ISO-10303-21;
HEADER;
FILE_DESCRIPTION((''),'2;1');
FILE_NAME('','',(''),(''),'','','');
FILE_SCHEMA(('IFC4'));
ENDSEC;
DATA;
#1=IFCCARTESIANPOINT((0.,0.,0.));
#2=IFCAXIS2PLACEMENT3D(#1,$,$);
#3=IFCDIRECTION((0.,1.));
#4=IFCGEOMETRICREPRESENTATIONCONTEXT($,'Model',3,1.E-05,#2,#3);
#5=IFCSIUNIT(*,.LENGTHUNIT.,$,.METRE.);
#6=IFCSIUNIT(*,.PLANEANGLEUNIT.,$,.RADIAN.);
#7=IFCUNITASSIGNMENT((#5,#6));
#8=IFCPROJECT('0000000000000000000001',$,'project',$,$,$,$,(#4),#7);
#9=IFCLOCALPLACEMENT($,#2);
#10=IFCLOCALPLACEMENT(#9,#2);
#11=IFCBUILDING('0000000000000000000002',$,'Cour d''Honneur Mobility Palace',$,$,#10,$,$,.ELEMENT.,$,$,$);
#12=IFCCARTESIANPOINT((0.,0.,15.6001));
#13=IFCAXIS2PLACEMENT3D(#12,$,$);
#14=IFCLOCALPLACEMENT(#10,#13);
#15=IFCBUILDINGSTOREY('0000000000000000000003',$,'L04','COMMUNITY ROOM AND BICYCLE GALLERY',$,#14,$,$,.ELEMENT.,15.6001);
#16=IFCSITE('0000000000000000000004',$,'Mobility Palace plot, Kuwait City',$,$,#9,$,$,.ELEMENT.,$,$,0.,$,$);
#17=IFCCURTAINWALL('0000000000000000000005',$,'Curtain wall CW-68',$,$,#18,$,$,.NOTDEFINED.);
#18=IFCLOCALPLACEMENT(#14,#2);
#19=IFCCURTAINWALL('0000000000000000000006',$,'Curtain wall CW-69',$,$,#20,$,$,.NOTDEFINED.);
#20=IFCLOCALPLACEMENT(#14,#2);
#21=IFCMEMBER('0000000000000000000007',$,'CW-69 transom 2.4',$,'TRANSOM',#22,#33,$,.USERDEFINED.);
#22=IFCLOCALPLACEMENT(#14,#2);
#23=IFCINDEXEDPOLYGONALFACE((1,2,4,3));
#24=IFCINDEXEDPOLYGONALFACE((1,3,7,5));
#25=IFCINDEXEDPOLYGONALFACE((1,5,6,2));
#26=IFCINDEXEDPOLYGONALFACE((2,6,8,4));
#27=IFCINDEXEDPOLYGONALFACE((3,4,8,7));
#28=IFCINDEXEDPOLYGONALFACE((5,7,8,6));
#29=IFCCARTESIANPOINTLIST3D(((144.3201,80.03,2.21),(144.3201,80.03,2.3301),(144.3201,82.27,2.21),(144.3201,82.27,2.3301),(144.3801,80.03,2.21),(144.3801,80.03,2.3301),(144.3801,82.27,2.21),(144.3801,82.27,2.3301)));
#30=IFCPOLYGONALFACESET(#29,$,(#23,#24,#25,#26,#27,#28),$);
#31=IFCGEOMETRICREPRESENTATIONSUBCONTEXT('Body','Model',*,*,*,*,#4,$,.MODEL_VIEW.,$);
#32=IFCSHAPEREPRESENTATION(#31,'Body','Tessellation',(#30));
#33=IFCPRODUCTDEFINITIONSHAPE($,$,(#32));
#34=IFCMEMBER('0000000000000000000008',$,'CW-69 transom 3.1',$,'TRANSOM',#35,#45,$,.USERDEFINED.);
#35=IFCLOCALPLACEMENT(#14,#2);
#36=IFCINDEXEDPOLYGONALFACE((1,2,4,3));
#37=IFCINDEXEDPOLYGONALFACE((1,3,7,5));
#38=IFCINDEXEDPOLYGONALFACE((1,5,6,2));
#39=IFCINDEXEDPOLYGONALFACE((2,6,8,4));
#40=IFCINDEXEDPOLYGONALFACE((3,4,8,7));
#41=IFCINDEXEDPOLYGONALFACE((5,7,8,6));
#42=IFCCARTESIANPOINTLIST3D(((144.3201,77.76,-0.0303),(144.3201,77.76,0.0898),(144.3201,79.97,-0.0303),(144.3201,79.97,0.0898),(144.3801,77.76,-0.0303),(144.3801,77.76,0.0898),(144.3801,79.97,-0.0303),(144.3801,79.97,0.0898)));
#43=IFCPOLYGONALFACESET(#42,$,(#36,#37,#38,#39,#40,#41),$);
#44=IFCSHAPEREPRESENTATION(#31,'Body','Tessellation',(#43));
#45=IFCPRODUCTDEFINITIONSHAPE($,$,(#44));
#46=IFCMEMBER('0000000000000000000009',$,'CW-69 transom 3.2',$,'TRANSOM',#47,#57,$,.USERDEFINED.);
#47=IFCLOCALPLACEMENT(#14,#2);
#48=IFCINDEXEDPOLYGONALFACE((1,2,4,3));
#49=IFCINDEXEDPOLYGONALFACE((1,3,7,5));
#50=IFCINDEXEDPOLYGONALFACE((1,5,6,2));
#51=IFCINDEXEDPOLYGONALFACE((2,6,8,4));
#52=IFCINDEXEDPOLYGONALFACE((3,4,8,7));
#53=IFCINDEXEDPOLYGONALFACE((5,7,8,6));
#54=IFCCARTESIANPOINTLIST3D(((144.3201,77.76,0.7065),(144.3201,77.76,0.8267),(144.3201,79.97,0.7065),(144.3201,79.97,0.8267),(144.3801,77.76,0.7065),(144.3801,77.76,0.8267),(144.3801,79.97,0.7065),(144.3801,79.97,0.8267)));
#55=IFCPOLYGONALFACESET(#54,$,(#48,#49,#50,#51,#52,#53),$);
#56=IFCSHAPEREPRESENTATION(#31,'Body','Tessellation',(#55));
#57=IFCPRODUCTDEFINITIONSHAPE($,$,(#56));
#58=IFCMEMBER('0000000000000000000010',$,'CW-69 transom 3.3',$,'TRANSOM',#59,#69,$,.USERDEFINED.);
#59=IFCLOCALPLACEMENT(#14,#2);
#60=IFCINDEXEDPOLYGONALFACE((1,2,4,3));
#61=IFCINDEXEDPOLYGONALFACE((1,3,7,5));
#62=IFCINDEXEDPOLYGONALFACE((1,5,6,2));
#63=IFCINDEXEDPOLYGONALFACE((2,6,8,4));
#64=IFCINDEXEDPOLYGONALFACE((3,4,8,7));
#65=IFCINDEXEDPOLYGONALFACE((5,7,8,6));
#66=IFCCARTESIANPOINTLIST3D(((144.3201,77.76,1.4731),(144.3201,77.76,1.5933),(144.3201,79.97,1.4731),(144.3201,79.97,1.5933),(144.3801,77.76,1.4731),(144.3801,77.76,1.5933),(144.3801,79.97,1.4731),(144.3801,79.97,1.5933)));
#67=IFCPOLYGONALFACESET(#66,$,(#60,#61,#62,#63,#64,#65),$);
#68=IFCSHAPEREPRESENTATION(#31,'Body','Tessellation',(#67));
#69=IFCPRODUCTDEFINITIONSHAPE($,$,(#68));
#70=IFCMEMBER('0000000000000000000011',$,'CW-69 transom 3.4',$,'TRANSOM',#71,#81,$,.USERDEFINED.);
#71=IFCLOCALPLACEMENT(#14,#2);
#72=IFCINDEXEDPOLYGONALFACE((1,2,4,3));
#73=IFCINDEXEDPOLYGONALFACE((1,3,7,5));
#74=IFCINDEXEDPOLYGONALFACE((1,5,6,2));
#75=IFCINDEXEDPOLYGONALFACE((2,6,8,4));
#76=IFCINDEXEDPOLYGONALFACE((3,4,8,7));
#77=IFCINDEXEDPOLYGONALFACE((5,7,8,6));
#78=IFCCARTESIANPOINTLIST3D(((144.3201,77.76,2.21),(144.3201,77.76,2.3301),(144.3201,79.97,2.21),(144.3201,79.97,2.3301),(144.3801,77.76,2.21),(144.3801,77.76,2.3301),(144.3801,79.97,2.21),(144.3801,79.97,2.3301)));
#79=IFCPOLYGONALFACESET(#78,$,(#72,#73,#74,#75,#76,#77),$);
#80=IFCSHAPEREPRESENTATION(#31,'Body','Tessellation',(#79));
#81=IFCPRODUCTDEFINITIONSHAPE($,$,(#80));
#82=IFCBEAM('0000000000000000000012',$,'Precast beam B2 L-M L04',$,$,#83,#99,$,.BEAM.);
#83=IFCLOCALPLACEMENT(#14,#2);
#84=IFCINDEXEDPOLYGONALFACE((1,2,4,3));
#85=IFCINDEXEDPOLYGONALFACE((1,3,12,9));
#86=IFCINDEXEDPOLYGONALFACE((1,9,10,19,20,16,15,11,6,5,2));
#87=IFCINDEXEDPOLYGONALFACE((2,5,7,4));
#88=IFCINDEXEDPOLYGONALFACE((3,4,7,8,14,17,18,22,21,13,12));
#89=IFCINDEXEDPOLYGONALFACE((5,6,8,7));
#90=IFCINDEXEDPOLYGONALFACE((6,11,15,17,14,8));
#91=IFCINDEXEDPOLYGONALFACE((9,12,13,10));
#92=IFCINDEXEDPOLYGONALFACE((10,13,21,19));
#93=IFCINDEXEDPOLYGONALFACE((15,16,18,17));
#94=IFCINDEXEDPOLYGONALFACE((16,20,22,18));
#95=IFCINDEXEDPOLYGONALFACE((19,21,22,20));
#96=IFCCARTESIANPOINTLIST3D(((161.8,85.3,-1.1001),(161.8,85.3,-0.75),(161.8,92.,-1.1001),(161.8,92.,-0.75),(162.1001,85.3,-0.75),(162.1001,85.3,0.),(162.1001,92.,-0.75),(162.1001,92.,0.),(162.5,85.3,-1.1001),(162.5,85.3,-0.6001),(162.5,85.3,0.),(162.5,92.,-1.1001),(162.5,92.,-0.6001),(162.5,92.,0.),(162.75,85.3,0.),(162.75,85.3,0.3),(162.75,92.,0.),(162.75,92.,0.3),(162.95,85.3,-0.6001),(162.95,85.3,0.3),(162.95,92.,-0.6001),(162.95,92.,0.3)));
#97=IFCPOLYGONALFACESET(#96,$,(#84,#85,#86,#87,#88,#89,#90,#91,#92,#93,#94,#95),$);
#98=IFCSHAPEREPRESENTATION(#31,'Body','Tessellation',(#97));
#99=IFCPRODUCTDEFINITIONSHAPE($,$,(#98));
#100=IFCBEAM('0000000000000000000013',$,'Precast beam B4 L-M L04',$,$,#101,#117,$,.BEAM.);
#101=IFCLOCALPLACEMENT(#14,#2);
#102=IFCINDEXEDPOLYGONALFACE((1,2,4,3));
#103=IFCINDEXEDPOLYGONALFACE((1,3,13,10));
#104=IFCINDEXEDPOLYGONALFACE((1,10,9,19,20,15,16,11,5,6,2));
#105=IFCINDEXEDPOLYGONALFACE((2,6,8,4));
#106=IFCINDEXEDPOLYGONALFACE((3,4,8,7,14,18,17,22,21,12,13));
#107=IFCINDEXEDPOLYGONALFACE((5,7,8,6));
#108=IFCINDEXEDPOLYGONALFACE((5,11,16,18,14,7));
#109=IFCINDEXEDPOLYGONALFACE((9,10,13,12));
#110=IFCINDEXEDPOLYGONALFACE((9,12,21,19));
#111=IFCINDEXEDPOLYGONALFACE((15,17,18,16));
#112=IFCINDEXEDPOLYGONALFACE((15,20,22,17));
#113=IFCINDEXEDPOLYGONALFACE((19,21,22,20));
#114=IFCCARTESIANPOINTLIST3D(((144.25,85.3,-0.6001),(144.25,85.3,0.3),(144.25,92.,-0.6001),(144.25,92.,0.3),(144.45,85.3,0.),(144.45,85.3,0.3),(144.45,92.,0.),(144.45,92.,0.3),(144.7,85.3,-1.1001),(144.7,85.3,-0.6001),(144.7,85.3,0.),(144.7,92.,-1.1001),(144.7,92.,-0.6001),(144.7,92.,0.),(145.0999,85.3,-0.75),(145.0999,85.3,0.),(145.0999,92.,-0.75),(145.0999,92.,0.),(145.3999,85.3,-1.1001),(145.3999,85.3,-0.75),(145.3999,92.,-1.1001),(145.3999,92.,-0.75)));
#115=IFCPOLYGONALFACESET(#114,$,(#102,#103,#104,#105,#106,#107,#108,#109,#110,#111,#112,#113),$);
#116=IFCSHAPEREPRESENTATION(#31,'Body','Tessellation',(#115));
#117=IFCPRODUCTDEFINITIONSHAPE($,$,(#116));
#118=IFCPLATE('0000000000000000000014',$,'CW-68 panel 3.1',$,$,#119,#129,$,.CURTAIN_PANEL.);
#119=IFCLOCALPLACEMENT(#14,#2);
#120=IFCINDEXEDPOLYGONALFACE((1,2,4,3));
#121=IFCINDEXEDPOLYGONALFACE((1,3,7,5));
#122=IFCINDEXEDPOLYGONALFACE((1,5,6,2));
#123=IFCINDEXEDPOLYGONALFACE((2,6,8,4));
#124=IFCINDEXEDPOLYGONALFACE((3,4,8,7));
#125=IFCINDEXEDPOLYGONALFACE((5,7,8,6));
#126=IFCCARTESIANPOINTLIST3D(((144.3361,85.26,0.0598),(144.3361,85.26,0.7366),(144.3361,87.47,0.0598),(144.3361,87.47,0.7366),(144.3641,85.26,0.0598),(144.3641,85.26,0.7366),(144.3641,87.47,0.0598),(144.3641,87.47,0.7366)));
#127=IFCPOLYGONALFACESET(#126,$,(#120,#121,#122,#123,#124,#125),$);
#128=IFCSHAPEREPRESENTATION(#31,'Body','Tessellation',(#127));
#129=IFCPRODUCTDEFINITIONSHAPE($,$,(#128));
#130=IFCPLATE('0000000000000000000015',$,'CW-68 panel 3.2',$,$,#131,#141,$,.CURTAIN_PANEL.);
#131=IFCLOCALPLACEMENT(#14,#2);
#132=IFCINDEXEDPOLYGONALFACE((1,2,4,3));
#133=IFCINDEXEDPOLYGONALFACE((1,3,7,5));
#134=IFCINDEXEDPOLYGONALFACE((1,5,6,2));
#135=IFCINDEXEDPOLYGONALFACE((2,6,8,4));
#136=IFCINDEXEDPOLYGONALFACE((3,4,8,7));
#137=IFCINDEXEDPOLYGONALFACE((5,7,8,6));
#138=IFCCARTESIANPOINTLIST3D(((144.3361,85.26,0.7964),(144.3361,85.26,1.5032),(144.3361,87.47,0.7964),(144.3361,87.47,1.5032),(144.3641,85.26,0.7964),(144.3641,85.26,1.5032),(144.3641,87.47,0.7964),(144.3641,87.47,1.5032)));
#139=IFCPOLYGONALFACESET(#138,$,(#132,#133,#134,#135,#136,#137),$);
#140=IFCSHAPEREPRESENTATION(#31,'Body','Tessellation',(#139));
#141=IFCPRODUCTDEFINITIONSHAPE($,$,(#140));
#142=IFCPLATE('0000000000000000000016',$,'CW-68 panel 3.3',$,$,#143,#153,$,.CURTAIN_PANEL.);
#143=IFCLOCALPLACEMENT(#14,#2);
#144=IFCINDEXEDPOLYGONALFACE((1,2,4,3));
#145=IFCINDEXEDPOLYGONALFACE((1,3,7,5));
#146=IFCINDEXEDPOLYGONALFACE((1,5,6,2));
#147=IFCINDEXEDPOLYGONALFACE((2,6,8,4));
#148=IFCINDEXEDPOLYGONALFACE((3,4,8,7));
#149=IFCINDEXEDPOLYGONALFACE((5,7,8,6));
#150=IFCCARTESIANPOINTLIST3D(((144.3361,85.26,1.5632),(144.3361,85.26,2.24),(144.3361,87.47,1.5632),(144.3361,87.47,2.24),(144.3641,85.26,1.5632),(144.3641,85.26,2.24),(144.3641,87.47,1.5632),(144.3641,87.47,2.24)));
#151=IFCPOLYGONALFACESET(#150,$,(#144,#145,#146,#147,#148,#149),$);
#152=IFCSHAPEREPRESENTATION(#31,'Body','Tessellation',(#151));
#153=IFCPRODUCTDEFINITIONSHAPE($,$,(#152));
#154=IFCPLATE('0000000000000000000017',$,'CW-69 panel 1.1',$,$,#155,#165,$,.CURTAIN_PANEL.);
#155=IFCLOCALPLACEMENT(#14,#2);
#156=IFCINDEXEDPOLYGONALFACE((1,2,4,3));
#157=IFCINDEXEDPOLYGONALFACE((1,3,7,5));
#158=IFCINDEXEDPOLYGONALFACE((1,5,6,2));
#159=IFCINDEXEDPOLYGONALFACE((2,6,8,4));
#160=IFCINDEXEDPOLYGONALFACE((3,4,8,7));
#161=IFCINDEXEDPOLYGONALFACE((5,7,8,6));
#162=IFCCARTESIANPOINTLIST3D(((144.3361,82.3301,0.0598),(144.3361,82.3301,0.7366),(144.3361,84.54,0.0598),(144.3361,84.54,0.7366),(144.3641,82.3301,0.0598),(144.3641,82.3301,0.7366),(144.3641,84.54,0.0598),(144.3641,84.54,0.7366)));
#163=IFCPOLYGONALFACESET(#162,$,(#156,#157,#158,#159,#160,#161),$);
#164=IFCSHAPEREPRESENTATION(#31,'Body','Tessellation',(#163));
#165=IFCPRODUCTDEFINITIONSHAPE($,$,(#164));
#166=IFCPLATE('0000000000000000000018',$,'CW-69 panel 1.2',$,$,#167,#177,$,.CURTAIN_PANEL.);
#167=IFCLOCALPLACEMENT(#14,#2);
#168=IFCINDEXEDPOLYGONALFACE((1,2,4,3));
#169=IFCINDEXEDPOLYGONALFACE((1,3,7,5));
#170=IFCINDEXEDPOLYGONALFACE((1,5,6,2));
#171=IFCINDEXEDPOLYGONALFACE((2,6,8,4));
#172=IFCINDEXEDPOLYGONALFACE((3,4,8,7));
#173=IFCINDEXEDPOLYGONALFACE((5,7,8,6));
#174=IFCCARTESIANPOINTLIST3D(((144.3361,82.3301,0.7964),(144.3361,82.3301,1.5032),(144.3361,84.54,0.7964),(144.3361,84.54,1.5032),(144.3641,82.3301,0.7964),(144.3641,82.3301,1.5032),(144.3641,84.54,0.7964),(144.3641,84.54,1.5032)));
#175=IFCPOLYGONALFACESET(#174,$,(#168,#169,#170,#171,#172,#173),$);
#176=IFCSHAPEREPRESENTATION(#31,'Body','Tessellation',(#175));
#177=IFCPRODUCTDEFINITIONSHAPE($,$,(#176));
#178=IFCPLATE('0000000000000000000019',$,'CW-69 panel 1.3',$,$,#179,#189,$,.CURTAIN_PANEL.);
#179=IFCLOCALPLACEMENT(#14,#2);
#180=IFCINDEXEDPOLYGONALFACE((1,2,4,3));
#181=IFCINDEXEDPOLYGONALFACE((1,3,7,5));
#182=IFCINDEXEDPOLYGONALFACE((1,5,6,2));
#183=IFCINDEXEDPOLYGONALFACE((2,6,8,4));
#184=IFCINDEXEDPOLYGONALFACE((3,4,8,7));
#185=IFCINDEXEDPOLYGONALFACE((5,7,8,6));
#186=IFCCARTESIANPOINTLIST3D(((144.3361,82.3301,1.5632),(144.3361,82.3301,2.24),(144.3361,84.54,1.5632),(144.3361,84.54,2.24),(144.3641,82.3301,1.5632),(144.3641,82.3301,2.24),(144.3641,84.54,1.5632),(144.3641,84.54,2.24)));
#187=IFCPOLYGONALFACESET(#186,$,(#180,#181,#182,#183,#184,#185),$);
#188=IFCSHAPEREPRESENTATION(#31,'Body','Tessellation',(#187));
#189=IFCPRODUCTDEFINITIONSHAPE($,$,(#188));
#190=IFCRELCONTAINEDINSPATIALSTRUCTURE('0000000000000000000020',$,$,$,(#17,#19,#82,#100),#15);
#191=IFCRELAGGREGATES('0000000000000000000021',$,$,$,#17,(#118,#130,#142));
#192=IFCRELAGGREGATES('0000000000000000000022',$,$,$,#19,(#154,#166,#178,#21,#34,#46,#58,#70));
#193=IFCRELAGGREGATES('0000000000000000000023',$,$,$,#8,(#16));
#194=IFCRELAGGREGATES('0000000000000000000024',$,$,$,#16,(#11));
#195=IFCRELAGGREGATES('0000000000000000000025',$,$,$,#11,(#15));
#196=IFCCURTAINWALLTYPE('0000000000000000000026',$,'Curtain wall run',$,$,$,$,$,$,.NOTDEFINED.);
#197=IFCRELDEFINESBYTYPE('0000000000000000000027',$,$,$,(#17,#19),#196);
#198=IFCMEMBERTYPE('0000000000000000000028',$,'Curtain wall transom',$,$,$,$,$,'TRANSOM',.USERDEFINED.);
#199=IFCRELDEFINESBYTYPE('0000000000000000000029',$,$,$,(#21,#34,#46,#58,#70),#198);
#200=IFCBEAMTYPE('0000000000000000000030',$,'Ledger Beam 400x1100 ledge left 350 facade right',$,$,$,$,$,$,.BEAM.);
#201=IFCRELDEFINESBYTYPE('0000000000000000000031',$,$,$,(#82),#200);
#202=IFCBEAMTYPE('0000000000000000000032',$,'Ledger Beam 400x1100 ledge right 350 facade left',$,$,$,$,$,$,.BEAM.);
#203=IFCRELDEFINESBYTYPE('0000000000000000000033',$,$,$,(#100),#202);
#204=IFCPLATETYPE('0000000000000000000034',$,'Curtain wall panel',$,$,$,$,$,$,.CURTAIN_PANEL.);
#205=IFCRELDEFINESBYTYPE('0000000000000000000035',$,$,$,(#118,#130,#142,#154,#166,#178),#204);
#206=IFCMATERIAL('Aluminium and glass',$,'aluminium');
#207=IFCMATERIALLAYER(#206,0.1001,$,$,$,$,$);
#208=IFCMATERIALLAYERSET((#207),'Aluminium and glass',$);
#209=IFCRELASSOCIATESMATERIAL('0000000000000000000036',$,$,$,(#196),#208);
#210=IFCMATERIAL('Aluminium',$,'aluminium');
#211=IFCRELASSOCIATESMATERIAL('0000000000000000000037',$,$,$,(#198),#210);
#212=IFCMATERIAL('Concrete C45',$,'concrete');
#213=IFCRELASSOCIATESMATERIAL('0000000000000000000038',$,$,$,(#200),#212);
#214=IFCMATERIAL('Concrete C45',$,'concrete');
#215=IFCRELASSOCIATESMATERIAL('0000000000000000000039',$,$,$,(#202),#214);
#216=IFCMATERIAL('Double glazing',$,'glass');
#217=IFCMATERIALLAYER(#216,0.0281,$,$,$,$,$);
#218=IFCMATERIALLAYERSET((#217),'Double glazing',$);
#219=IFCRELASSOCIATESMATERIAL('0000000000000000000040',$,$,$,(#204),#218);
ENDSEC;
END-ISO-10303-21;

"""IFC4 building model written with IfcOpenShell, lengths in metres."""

from ifc_helpers import new_model, si_unit, direction, frame, origin, origin_2d, place, context, subcontext, project, spatial, polyline, rectangle, outline, extrude, material, layer, layer_set, material_profile, profile_set, type_object, element, aggregate, save


model = new_model("IFC4")

# Units and contexts
model_context = context("Model", 3, precision=1e-05, world=origin(), true_north=direction((0.0, 1.0)))
body_context = subcontext(model_context, "Body", "Model", "MODEL_VIEW")
ifc_project = project(units=[si_unit("LENGTHUNIT", "METRE"), si_unit("PLANEANGLEUNIT", "RADIAN")], contexts=[model_context])

# Site, building, storey
site_placement = place(None, origin())
site = spatial("IfcSite", under=ifc_project, at=site_placement, Name="Mobility Palace plot, Kuwait City", CompositionType="ELEMENT", RefElevation=0.0)
building_placement = place(site_placement, origin())
building = spatial("IfcBuilding", under=site, at=building_placement, Name="Cour d'Honneur Mobility Palace", CompositionType="ELEMENT")
storey_placement = place(building_placement, frame((0.0, 0.0, 15.6001)))
storey = spatial("IfcBuildingStorey", under=building, at=storey_placement, Name="L04", Description="COMMUNITY ROOM AND BICYCLE GALLERY", CompositionType="ELEMENT", Elevation=15.6001)

# Curtain wall
ifc_material_1 = material(Name="Aluminium and glass", Category="aluminium")
ifc_layer_1 = layer(ifc_material_1, 0.1001)
ifc_layer_set_1 = layer_set([ifc_layer_1], Name="Aluminium and glass")
curtain_wall_type = type_object("IfcCurtainWallType", Name="Curtain wall run", PredefinedType="NOTDEFINED", material=ifc_layer_set_1)
curtain_wall_1_placement = place(storey_placement, origin())
curtain_wall_1 = element("IfcCurtainWall", 1, at=curtain_wall_1_placement, inside=storey, type_object=curtain_wall_type, Name="Curtain wall CW-68", PredefinedType="NOTDEFINED")

# Curtain wall
curtain_wall_2_placement = place(storey_placement, origin())
curtain_wall_2 = element("IfcCurtainWall", 2, at=curtain_wall_2_placement, inside=storey, type_object=curtain_wall_type, Name="Curtain wall CW-69", PredefinedType="NOTDEFINED")

# Members
ifc_material_2 = material(Name="Aluminium", Category="aluminium")
ifc_material_profile_1 = material_profile(ifc_material_2, rectangle(XDim=0.0601, YDim=0.1201, at=origin_2d()), Name="Curtain wall transom")
ifc_profile_set_1 = profile_set([ifc_material_profile_1], Name="Aluminium")
member_type_1 = type_object("IfcMemberType", Name="Curtain wall transom", ElementType="TRANSOM", PredefinedType="USERDEFINED", material=ifc_profile_set_1)
member_1_placement = place(storey_placement, frame((144.3501, 82.27, 2.27), z_axis=(0.0, -1.0, 0.0), x_axis=(1.0, 0.0, 0.0)))
member_1 = element("IfcMember", 3, at=member_1_placement, type_object=member_type_1, Name="CW-69 transom 2.4", ObjectType="TRANSOM", PredefinedType="USERDEFINED", context=body_context, shape_type="SweptSolid", body=[
    extrude(rectangle(XDim=0.0601, YDim=0.1201, at=origin_2d()), origin(), (0.0, 0.0, 1.0), 2.24),
])
member_2_placement = place(storey_placement, frame((144.3501, 79.97, 0.0298), z_axis=(0.0, -1.0, 0.0), x_axis=(1.0, 0.0, 0.0)))
member_2 = element("IfcMember", 4, at=member_2_placement, type_object=member_type_1, Name="CW-69 transom 3.1", ObjectType="TRANSOM", PredefinedType="USERDEFINED", context=body_context, shape_type="SweptSolid", body=[
    extrude(rectangle(XDim=0.0601, YDim=0.1201, at=origin_2d()), origin(), (0.0, 0.0, 1.0), 2.21),
])
member_3_placement = place(storey_placement, frame((144.3501, 79.97, 0.7666), z_axis=(0.0, -1.0, 0.0), x_axis=(1.0, 0.0, 0.0)))
member_3 = element("IfcMember", 5, at=member_3_placement, type_object=member_type_1, Name="CW-69 transom 3.2", ObjectType="TRANSOM", PredefinedType="USERDEFINED", context=body_context, shape_type="SweptSolid", body=[
    extrude(rectangle(XDim=0.0601, YDim=0.1201, at=origin_2d()), origin(), (0.0, 0.0, 1.0), 2.21),
])
member_4_placement = place(storey_placement, frame((144.3501, 79.97, 1.5332), z_axis=(0.0, -1.0, 0.0), x_axis=(1.0, 0.0, 0.0)))
member_4 = element("IfcMember", 6, at=member_4_placement, type_object=member_type_1, Name="CW-69 transom 3.3", ObjectType="TRANSOM", PredefinedType="USERDEFINED", context=body_context, shape_type="SweptSolid", body=[
    extrude(rectangle(XDim=0.0601, YDim=0.1201, at=origin_2d()), origin(), (0.0, 0.0, 1.0), 2.21),
])
member_5_placement = place(storey_placement, frame((144.3501, 79.97, 2.27), z_axis=(0.0, -1.0, 0.0), x_axis=(1.0, 0.0, 0.0)))
member_5 = element("IfcMember", 7, at=member_5_placement, type_object=member_type_1, Name="CW-69 transom 3.4", ObjectType="TRANSOM", PredefinedType="USERDEFINED", context=body_context, shape_type="SweptSolid", body=[
    extrude(rectangle(XDim=0.0601, YDim=0.1201, at=origin_2d()), origin(), (0.0, 0.0, 1.0), 2.21),
])

# Beams
ifc_material_3 = material(Name="Concrete C45", Category="concrete")
ifc_material_profile_2 = material_profile(ifc_material_3, outline(polyline([(0.5, -1.1001), (0.5, -0.75), (0.2, -0.75), (0.2, 0.0), (-0.2, 0.0), (-0.45, 0.0), (-0.45, 0.3), (-0.6499, 0.3), (-0.6499, -0.6001), (-0.2, -0.6001), (-0.2, -1.1001), (0.5, -1.1001)])), Name="Ledger Beam 400x1100 ledge left 350 facade right")
ifc_profile_set_2 = profile_set([ifc_material_profile_2], Name="Concrete C45")
beam_type_1 = type_object("IfcBeamType", Name="Ledger Beam 400x1100 ledge left 350 facade right", PredefinedType="BEAM", material=ifc_profile_set_2)
beam_1_placement = place(storey_placement, frame((162.3, 85.3, 0.0), z_axis=(0.0, 1.0, 0.0), x_axis=(-1.0, 0.0, 0.0)))
element("IfcBeam", 8, at=beam_1_placement, inside=storey, type_object=beam_type_1, Name="Precast beam B2 L-M L04", PredefinedType="BEAM", context=body_context, shape_type="SweptSolid", body=[
    extrude(outline(polyline([(0.5, -1.1001), (0.5, -0.75), (0.2, -0.75), (0.2, 0.0), (-0.2, 0.0), (-0.45, 0.0), (-0.45, 0.3), (-0.6499, 0.3), (-0.6499, -0.6001), (-0.2, -0.6001), (-0.2, -1.1001), (0.5, -1.1001)])), origin(), (0.0, 0.0, 1.0), 6.7),
])
ifc_material_4 = material(Name="Concrete C45", Category="concrete")
ifc_material_profile_3 = material_profile(ifc_material_4, outline(polyline([(0.2, -1.1001), (0.2, -0.6001), (0.6499, -0.6001), (0.6499, 0.3), (0.45, 0.3), (0.45, 0.0), (0.2, 0.0), (-0.2, 0.0), (-0.2, -0.75), (-0.5, -0.75), (-0.5, -1.1001), (0.2, -1.1001)])), Name="Ledger Beam 400x1100 ledge right 350 facade left")
ifc_profile_set_3 = profile_set([ifc_material_profile_3], Name="Concrete C45")
beam_type_2 = type_object("IfcBeamType", Name="Ledger Beam 400x1100 ledge right 350 facade left", PredefinedType="BEAM", material=ifc_profile_set_3)
beam_2_placement = place(storey_placement, frame((144.8999, 85.3, 0.0), z_axis=(0.0, 1.0, 0.0), x_axis=(-1.0, 0.0, 0.0)))
element("IfcBeam", 9, at=beam_2_placement, inside=storey, type_object=beam_type_2, Name="Precast beam B4 L-M L04", PredefinedType="BEAM", context=body_context, shape_type="SweptSolid", body=[
    extrude(outline(polyline([(0.2, -1.1001), (0.2, -0.6001), (0.6499, -0.6001), (0.6499, 0.3), (0.45, 0.3), (0.45, 0.0), (0.2, 0.0), (-0.2, 0.0), (-0.2, -0.75), (-0.5, -0.75), (-0.5, -1.1001), (0.2, -1.1001)])), origin(), (0.0, 0.0, 1.0), 6.7),
])

# Plates
ifc_material_5 = material(Name="Double glazing", Category="glass")
ifc_layer_2 = layer(ifc_material_5, 0.0281)
ifc_layer_set_2 = layer_set([ifc_layer_2], Name="Double glazing")
plate_type = type_object("IfcPlateType", Name="Curtain wall panel", PredefinedType="CURTAIN_PANEL", material=ifc_layer_set_2)
plate_1_placement = place(storey_placement, frame((144.3501, 86.365, 0.0598), z_axis=(0.0, 0.0, 1.0), x_axis=(0.0, -1.0, 0.0)))
plate_1 = element("IfcPlate", 10, at=plate_1_placement, type_object=plate_type, Name="CW-68 panel 3.1", PredefinedType="CURTAIN_PANEL", context=body_context, shape_type="SweptSolid", body=[
    extrude(rectangle(XDim=2.21, YDim=0.0281, at=origin_2d()), origin(), (0.0, 0.0, 1.0), 0.6768),
])
plate_2_placement = place(storey_placement, frame((144.3501, 86.365, 0.7964), z_axis=(0.0, 0.0, 1.0), x_axis=(0.0, -1.0, 0.0)))
plate_2 = element("IfcPlate", 11, at=plate_2_placement, type_object=plate_type, Name="CW-68 panel 3.2", PredefinedType="CURTAIN_PANEL", context=body_context, shape_type="SweptSolid", body=[
    extrude(rectangle(XDim=2.21, YDim=0.0281, at=origin_2d()), origin(), (0.0, 0.0, 1.0), 0.7068),
])
plate_3_placement = place(storey_placement, frame((144.3501, 86.365, 1.5632), z_axis=(0.0, 0.0, 1.0), x_axis=(0.0, -1.0, 0.0)))
plate_3 = element("IfcPlate", 12, at=plate_3_placement, type_object=plate_type, Name="CW-68 panel 3.3", PredefinedType="CURTAIN_PANEL", context=body_context, shape_type="SweptSolid", body=[
    extrude(rectangle(XDim=2.21, YDim=0.0281, at=origin_2d()), origin(), (0.0, 0.0, 1.0), 0.6768),
])
aggregate(curtain_wall_1, [plate_1, plate_2, plate_3])
plate_4_placement = place(storey_placement, frame((144.3501, 83.4351, 0.0598), z_axis=(0.0, 0.0, 1.0), x_axis=(0.0, -1.0, 0.0)))
plate_4 = element("IfcPlate", 13, at=plate_4_placement, type_object=plate_type, Name="CW-69 panel 1.1", PredefinedType="CURTAIN_PANEL", context=body_context, shape_type="SweptSolid", body=[
    extrude(rectangle(XDim=2.21, YDim=0.0281, at=origin_2d()), origin(), (0.0, 0.0, 1.0), 0.6768),
])
plate_5_placement = place(storey_placement, frame((144.3501, 83.4351, 0.7964), z_axis=(0.0, 0.0, 1.0), x_axis=(0.0, -1.0, 0.0)))
plate_5 = element("IfcPlate", 14, at=plate_5_placement, type_object=plate_type, Name="CW-69 panel 1.2", PredefinedType="CURTAIN_PANEL", context=body_context, shape_type="SweptSolid", body=[
    extrude(rectangle(XDim=2.21, YDim=0.0281, at=origin_2d()), origin(), (0.0, 0.0, 1.0), 0.7068),
])
plate_6_placement = place(storey_placement, frame((144.3501, 83.4351, 1.5632), z_axis=(0.0, 0.0, 1.0), x_axis=(0.0, -1.0, 0.0)))
plate_6 = element("IfcPlate", 15, at=plate_6_placement, type_object=plate_type, Name="CW-69 panel 1.3", PredefinedType="CURTAIN_PANEL", context=body_context, shape_type="SweptSolid", body=[
    extrude(rectangle(XDim=2.21, YDim=0.0281, at=origin_2d()), origin(), (0.0, 0.0, 1.0), 0.6768),
])
aggregate(curtain_wall_2, [plate_4, plate_5, plate_6, member_1, member_2, member_3, member_4, member_5])

save(model, "model.ifc")
